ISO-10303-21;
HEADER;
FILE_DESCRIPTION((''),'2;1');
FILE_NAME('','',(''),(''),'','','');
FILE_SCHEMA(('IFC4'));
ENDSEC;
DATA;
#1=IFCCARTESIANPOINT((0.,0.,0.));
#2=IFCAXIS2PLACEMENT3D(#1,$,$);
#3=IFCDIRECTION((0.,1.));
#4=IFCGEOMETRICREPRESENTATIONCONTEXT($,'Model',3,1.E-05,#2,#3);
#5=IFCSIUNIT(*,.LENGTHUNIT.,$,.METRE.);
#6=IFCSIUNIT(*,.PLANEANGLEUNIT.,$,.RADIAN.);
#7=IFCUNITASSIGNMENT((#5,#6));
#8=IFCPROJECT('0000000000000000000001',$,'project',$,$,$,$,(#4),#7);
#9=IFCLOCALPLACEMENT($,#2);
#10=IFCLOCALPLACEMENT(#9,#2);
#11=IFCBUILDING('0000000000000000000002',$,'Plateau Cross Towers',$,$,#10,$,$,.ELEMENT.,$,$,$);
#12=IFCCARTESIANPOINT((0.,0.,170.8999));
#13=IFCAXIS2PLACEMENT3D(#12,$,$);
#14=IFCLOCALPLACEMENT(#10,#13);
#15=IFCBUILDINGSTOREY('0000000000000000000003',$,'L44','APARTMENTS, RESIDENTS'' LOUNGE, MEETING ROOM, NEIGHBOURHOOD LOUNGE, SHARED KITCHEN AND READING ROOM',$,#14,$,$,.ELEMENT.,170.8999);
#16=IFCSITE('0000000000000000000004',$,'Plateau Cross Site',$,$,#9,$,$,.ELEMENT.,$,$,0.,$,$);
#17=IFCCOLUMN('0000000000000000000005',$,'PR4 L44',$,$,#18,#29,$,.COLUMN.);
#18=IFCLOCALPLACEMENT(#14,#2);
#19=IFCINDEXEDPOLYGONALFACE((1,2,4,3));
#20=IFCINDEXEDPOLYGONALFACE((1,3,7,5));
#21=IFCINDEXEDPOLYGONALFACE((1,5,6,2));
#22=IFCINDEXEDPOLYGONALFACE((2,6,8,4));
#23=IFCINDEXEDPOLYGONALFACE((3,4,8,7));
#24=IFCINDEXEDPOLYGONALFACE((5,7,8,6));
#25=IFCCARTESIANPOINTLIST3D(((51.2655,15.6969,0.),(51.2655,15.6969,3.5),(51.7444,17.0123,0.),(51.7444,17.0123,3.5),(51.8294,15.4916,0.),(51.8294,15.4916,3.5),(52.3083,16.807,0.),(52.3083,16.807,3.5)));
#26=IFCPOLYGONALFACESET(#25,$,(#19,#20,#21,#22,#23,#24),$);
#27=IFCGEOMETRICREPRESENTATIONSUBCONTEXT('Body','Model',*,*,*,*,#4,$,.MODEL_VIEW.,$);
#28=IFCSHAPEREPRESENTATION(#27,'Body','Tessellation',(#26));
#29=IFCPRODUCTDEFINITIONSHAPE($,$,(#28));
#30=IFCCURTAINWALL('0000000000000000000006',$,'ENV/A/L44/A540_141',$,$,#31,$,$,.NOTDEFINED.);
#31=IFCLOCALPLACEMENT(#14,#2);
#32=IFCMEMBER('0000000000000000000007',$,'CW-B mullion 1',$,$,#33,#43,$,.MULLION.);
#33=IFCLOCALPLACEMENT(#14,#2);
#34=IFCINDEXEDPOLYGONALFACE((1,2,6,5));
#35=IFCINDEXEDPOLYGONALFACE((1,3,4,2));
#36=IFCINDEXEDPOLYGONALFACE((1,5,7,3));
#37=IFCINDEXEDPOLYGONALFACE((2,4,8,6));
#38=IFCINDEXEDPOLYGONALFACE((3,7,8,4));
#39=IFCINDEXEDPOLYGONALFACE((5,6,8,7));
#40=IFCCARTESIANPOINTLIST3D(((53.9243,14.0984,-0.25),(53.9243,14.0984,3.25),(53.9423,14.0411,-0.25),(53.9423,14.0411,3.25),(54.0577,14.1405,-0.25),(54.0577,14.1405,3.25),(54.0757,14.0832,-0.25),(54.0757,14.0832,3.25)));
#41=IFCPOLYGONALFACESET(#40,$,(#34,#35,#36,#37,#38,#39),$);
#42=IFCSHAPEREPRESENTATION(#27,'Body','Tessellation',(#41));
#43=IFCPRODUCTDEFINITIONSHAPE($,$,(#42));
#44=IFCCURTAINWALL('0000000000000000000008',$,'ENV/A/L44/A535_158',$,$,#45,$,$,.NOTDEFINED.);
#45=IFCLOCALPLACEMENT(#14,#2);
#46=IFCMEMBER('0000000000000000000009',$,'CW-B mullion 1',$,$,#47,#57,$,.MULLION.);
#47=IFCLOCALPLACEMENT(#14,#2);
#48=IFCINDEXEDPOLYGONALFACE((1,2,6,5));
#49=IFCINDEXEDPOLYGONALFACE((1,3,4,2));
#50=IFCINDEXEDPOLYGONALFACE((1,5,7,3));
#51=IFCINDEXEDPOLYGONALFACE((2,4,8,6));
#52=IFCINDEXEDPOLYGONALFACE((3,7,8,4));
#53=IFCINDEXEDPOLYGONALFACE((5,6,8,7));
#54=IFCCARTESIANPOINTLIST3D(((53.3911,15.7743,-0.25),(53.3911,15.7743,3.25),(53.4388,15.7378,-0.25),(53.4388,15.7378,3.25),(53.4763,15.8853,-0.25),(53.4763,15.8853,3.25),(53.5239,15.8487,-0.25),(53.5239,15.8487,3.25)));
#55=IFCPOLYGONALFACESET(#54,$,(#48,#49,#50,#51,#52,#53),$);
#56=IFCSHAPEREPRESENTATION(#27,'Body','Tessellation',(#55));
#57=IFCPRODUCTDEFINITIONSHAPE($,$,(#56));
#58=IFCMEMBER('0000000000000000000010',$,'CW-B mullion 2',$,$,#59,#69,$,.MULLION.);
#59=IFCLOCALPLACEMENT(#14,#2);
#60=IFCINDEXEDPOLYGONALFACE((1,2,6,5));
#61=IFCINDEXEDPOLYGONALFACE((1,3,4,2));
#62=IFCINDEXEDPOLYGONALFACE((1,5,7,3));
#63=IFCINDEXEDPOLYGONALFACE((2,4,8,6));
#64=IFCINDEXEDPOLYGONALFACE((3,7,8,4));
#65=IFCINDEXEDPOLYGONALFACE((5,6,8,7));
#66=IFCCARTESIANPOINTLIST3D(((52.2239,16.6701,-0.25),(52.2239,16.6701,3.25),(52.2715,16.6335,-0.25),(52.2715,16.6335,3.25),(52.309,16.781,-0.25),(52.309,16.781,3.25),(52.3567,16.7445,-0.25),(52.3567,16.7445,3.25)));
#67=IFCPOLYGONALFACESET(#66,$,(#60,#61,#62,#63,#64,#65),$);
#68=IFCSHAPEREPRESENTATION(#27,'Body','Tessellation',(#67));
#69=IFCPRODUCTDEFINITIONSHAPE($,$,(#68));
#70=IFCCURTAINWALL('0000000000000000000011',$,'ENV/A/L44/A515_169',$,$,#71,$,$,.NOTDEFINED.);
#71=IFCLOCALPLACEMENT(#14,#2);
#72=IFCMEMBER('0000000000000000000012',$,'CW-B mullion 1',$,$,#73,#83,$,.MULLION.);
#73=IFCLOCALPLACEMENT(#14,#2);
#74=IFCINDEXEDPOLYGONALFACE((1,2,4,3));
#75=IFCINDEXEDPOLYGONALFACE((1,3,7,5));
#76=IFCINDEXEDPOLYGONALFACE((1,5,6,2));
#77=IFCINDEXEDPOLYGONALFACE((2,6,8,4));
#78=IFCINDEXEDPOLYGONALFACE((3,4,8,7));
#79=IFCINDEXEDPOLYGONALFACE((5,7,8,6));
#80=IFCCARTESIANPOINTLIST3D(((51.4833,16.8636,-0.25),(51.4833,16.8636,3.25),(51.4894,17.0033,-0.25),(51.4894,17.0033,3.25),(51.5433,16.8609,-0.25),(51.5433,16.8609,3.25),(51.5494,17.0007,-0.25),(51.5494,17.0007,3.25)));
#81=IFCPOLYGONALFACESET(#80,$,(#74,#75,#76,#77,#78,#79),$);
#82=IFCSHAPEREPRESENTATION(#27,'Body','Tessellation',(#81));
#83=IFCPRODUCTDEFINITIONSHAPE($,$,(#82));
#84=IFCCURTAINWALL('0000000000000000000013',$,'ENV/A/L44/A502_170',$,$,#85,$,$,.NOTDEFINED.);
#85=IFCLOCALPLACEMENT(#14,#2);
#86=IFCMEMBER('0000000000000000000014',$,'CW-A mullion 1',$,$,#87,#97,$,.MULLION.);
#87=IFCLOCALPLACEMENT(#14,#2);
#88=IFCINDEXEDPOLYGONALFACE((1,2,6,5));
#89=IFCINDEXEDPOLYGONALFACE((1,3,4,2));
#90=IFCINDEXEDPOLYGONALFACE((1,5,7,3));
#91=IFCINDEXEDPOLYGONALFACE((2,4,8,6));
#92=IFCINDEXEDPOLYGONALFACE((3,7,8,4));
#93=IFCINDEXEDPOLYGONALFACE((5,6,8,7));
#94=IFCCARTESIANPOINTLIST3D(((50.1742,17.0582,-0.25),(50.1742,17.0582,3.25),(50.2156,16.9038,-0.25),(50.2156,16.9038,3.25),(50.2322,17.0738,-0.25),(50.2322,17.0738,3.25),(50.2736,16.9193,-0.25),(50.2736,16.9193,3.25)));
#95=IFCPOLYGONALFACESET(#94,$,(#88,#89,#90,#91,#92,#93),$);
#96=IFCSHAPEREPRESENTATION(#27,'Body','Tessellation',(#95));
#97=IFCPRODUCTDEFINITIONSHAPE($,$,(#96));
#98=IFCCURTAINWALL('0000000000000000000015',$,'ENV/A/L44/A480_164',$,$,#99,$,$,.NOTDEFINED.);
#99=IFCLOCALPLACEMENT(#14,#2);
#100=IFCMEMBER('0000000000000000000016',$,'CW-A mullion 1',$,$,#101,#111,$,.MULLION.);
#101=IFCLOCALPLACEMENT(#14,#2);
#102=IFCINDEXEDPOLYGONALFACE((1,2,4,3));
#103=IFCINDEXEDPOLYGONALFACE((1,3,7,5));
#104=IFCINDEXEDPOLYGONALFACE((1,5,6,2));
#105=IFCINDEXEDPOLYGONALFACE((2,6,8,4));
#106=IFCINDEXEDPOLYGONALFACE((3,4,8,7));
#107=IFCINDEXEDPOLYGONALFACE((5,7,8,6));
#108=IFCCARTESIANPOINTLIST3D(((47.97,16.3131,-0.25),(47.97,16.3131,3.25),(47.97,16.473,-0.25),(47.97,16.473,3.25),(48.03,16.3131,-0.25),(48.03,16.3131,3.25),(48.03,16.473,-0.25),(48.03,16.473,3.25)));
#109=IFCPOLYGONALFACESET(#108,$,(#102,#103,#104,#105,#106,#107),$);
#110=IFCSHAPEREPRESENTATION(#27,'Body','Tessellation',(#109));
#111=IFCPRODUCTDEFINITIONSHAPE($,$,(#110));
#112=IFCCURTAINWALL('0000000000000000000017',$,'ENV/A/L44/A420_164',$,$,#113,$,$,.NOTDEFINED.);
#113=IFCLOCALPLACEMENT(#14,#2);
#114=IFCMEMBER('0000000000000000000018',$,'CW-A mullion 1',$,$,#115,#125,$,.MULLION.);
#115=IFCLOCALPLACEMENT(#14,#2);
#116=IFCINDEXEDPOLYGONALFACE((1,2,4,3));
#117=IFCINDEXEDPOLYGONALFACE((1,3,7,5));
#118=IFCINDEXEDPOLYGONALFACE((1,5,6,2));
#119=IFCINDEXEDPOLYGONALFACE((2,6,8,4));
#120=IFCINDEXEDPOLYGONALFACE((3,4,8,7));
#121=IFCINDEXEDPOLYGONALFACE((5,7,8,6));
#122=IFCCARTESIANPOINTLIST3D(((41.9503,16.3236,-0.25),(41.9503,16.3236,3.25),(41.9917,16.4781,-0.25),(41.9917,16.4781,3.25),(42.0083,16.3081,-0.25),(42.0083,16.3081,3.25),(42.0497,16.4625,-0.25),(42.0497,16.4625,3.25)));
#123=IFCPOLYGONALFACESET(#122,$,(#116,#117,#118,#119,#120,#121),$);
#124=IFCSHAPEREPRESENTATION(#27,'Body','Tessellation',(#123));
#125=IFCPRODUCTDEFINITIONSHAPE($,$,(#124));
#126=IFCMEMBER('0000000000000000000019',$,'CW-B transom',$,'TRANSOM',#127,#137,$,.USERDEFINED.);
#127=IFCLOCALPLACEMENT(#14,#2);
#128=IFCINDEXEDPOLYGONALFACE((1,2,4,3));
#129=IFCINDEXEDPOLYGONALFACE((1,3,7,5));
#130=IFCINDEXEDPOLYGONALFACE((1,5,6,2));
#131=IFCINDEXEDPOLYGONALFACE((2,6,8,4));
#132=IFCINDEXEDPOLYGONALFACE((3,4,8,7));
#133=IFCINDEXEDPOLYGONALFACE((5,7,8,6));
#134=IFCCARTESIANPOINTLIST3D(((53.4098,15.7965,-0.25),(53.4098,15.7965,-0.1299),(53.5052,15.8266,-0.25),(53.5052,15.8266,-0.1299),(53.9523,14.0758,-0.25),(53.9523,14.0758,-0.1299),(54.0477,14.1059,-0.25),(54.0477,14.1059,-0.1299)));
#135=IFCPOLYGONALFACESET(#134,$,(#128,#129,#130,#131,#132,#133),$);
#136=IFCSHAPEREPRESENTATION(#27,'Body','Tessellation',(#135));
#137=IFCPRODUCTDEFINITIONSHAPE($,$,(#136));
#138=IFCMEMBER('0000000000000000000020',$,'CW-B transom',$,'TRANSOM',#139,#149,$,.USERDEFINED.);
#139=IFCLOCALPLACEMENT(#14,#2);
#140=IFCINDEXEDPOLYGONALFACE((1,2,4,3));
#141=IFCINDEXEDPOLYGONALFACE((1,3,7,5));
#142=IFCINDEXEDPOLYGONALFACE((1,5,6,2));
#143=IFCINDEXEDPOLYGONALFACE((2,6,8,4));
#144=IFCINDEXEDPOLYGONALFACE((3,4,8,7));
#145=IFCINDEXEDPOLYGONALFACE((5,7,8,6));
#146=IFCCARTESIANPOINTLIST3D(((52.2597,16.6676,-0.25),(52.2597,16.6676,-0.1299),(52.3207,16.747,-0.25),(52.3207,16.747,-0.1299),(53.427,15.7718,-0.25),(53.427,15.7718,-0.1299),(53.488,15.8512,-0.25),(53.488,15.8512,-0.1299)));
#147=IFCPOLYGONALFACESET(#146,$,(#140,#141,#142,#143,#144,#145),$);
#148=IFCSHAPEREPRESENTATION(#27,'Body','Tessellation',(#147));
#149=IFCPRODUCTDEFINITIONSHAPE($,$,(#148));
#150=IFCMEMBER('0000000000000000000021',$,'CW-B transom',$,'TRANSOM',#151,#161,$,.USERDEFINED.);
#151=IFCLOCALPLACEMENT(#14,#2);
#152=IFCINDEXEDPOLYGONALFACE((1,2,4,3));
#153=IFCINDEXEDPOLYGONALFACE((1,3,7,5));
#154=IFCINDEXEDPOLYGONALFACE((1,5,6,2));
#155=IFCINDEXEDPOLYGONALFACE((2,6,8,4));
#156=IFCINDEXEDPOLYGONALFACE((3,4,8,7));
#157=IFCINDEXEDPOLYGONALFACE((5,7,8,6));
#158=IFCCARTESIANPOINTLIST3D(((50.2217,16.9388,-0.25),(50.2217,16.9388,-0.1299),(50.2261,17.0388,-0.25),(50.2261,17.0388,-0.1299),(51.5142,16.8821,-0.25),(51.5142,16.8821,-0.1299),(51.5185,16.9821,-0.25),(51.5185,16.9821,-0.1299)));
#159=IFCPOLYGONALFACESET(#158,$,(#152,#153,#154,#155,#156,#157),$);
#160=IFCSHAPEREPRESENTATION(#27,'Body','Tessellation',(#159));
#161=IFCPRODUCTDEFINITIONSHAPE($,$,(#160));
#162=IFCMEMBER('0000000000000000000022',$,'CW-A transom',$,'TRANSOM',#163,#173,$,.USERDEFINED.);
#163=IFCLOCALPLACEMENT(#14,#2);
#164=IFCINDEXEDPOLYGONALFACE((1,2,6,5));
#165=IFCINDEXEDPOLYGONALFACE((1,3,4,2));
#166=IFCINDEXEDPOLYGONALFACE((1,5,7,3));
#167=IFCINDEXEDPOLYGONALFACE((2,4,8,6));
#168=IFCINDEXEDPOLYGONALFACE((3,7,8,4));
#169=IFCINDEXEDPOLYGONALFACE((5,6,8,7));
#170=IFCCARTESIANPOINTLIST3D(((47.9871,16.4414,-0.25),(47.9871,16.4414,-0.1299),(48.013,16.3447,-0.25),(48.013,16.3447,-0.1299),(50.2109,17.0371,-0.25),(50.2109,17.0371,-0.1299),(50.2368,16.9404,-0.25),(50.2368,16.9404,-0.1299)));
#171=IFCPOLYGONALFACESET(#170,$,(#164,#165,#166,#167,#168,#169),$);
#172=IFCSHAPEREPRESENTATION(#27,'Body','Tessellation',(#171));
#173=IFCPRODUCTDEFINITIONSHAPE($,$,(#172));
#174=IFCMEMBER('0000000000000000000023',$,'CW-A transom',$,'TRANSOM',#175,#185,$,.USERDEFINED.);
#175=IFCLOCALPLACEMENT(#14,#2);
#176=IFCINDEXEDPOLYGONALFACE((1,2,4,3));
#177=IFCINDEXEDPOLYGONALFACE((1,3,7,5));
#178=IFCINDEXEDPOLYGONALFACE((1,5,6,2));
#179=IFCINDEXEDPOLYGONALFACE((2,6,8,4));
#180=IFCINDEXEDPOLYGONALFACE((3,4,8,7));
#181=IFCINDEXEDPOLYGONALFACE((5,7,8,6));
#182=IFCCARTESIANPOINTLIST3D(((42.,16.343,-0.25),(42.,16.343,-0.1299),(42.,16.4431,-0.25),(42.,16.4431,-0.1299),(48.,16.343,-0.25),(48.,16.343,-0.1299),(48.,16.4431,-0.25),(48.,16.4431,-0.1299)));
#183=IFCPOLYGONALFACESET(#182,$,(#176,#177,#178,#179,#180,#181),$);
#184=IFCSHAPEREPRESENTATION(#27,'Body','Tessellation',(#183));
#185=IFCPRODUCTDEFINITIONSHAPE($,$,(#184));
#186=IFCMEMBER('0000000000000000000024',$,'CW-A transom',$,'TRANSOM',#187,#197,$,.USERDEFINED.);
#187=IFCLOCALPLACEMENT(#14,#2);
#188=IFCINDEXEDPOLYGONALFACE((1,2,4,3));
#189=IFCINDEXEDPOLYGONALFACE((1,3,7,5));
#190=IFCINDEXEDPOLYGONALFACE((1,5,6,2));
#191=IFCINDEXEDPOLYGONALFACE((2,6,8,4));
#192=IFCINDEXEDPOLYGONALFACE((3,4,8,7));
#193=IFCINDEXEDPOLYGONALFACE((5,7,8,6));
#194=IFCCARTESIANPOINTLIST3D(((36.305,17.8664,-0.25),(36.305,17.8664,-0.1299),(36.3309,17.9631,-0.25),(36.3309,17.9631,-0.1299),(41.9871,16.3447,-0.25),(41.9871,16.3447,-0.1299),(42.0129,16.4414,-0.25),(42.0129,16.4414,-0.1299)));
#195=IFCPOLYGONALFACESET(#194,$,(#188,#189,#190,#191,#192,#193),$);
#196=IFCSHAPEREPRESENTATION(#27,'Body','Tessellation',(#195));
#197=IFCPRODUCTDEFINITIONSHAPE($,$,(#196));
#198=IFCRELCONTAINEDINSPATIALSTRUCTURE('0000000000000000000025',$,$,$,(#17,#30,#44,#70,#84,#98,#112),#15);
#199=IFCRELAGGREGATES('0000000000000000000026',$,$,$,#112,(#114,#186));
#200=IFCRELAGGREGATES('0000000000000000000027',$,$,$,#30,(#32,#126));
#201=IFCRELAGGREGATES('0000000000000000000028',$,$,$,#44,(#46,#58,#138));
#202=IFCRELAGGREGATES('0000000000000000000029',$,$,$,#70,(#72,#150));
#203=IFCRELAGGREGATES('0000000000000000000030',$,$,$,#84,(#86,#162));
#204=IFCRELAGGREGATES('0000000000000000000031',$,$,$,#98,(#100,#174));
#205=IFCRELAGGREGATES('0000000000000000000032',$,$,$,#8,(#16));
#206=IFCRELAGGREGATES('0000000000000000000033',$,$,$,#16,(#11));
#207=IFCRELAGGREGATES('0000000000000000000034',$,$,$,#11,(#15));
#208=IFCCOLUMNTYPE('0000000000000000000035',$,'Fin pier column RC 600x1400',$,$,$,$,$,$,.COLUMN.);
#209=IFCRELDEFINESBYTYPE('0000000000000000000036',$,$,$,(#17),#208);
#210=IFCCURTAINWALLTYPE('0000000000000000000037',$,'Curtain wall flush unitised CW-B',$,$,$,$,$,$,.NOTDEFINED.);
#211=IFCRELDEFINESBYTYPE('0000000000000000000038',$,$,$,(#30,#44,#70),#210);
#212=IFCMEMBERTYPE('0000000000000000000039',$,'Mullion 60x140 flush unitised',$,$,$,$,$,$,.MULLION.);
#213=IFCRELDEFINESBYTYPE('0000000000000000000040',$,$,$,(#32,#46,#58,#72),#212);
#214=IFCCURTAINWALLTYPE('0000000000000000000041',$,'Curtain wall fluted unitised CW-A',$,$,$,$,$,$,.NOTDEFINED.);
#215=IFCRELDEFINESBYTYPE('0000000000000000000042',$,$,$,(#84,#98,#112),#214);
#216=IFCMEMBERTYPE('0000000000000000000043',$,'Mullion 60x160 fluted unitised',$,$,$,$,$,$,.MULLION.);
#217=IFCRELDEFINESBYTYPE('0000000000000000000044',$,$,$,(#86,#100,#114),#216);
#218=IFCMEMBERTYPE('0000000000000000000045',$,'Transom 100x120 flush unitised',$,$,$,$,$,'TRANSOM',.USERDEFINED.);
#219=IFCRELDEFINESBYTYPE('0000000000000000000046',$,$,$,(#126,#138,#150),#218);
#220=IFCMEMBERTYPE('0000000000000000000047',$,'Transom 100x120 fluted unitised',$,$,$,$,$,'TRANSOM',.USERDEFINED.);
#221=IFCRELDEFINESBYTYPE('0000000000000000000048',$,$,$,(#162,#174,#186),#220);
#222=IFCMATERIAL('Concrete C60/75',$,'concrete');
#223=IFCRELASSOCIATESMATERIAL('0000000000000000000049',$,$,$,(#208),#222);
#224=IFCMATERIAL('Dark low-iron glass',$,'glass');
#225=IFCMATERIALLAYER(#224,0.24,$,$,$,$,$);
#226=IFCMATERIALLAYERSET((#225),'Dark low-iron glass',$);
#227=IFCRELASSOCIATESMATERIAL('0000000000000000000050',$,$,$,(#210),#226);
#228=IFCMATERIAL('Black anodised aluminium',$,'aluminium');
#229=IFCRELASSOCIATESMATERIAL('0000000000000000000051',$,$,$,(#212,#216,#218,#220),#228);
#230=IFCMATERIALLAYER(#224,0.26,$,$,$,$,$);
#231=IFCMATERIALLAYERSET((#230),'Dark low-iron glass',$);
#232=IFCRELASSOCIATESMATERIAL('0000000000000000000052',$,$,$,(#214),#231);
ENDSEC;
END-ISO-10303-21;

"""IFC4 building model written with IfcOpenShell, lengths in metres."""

from ifc_helpers import new_model, si_unit, direction, frame, origin, origin_2d, place, context, subcontext, project, spatial, rectangle, extrude, material, layer, layer_set, material_profile, profile_set, type_object, element, aggregate, save


model = new_model("IFC4")

# Units and contexts
model_context = context("Model", 3, precision=1e-05, world=origin(), true_north=direction((0.0, 1.0)))
body_context = subcontext(model_context, "Body", "Model", "MODEL_VIEW")
ifc_project = project(units=[si_unit("LENGTHUNIT", "METRE"), si_unit("PLANEANGLEUNIT", "RADIAN")], contexts=[model_context])

# Site, building, storey
site_placement = place(None, origin())
site = spatial("IfcSite", under=ifc_project, at=site_placement, Name="Plateau Cross Site", CompositionType="ELEMENT", RefElevation=0.0)
building_placement = place(site_placement, origin())
building = spatial("IfcBuilding", under=site, at=building_placement, Name="Plateau Cross Towers", CompositionType="ELEMENT")
storey_placement = place(building_placement, frame((0.0, 0.0, 170.8999)))
storey = spatial("IfcBuildingStorey", under=building, at=storey_placement, Name="L44", Description="APARTMENTS, RESIDENTS' LOUNGE, MEETING ROOM, NEIGHBOURHOOD LOUNGE, SHARED KITCHEN AND READING ROOM", CompositionType="ELEMENT", Elevation=170.8999)

# Column
ifc_material_1 = material(Name="Concrete C60/75", Category="concrete")
ifc_material_profile_1 = material_profile(ifc_material_1, rectangle(XDim=0.6001, YDim=1.3999, at=origin_2d()), Name="RC 600x1400")
ifc_profile_set_1 = profile_set([ifc_material_profile_1], Name="Concrete C60/75")
column_type = type_object("IfcColumnType", Name="Fin pier column RC 600x1400", PredefinedType="COLUMN", material=ifc_profile_set_1)
column_placement = place(storey_placement, frame((51.7869, 16.252, 0.0), z_axis=(0.0, 0.0, 1.0), x_axis=(-0.939664, 0.342098, 0.0)))
element("IfcColumn", 1, at=column_placement, inside=storey, type_object=column_type, Name="PR4 L44", PredefinedType="COLUMN", context=body_context, shape_type="SweptSolid", body=[
    extrude(rectangle(XDim=0.6001, YDim=1.3999, at=origin_2d()), origin(), (0.0, 0.0, 1.0), 3.5),
])

# Curtain wall, member
ifc_material_2 = material(Name="Dark low-iron glass", Category="glass")
ifc_layer_1 = layer(ifc_material_2, 0.24)
ifc_layer_set_1 = layer_set([ifc_layer_1], Name="Dark low-iron glass")
curtain_wall_type_1 = type_object("IfcCurtainWallType", Name="Curtain wall flush unitised CW-B", PredefinedType="NOTDEFINED", material=ifc_layer_set_1)
curtain_wall_1_placement = place(storey_placement, origin())
curtain_wall_1 = element("IfcCurtainWall", 2, at=curtain_wall_1_placement, inside=storey, type_object=curtain_wall_type_1, Name="ENV/A/L44/A540_141", PredefinedType="NOTDEFINED")
ifc_material_3 = material(Name="Black anodised aluminium", Category="aluminium")
ifc_material_profile_2 = material_profile(ifc_material_3, rectangle(XDim=0.0601, YDim=0.1399, at=origin_2d()), Name="MULLION 60x140")
ifc_profile_set_2 = profile_set([ifc_material_profile_2], Name="Black anodised aluminium")
member_type_1 = type_object("IfcMemberType", Name="Mullion 60x140 flush unitised", PredefinedType="MULLION", material=ifc_profile_set_2)
member_1_placement = place(storey_placement, frame((54.0, 14.0908, -0.25), z_axis=(0.0, 0.0, 1.0), x_axis=(-0.300686, 0.953723, 0.0)))
member_1 = element("IfcMember", 3, at=member_1_placement, type_object=member_type_1, Name="CW-B mullion 1", PredefinedType="MULLION", context=body_context, shape_type="SweptSolid", body=[
    extrude(rectangle(XDim=0.0601, YDim=0.1399, at=origin_2d()), origin(), (0.0, 0.0, 1.0), 3.5),
])

# Curtain wall, members
curtain_wall_2_placement = place(storey_placement, origin())
curtain_wall_2 = element("IfcCurtainWall", 4, at=curtain_wall_2_placement, inside=storey, type_object=curtain_wall_type_1, Name="ENV/A/L44/A535_158", PredefinedType="NOTDEFINED")
member_2_placement = place(storey_placement, frame((53.4575, 15.8115, -0.25), z_axis=(0.0, 0.0, 1.0), x_axis=(-0.793316, 0.608811, 0.0)))
member_2 = element("IfcMember", 5, at=member_2_placement, type_object=member_type_1, Name="CW-B mullion 1", PredefinedType="MULLION", context=body_context, shape_type="SweptSolid", body=[
    extrude(rectangle(XDim=0.0601, YDim=0.1399, at=origin_2d()), origin(), (0.0, 0.0, 1.0), 3.5),
])
member_3_placement = place(storey_placement, frame((52.2903, 16.7073, -0.25), z_axis=(0.0, 0.0, 1.0), x_axis=(-0.793316, 0.608811, 0.0)))
member_3 = element("IfcMember", 6, at=member_3_placement, type_object=member_type_1, Name="CW-B mullion 2", PredefinedType="MULLION", context=body_context, shape_type="SweptSolid", body=[
    extrude(rectangle(XDim=0.0601, YDim=0.1399, at=origin_2d()), origin(), (0.0, 0.0, 1.0), 3.5),
])

# Curtain walls, members
curtain_wall_3_placement = place(storey_placement, origin())
curtain_wall_3 = element("IfcCurtainWall", 7, at=curtain_wall_3_placement, inside=storey, type_object=curtain_wall_type_1, Name="ENV/A/L44/A515_169", PredefinedType="NOTDEFINED")
member_4_placement = place(storey_placement, frame((51.5164, 16.9321, -0.25), z_axis=(0.0, 0.0, 1.0), x_axis=(-0.999044, 0.043723, 0.0)))
member_4 = element("IfcMember", 8, at=member_4_placement, type_object=member_type_1, Name="CW-B mullion 1", PredefinedType="MULLION", context=body_context, shape_type="SweptSolid", body=[
    extrude(rectangle(XDim=0.0601, YDim=0.1399, at=origin_2d()), origin(), (0.0, 0.0, 1.0), 3.5),
])
ifc_layer_2 = layer(ifc_material_2, 0.26)
ifc_layer_set_2 = layer_set([ifc_layer_2], Name="Dark low-iron glass")
curtain_wall_type_2 = type_object("IfcCurtainWallType", Name="Curtain wall fluted unitised CW-A", PredefinedType="NOTDEFINED", material=ifc_layer_set_2)
curtain_wall_4_placement = place(storey_placement, origin())
curtain_wall_4 = element("IfcCurtainWall", 9, at=curtain_wall_4_placement, inside=storey, type_object=curtain_wall_type_2, Name="ENV/A/L44/A502_170", PredefinedType="NOTDEFINED")
ifc_material_profile_3 = material_profile(ifc_material_3, rectangle(XDim=0.0601, YDim=0.1599, at=origin_2d()), Name="MULLION 60x160")
ifc_profile_set_3 = profile_set([ifc_material_profile_3], Name="Black anodised aluminium")
member_type_2 = type_object("IfcMemberType", Name="Mullion 60x160 fluted unitised", PredefinedType="MULLION", material=ifc_profile_set_3)
member_5_placement = place(storey_placement, frame((50.2239, 16.9888, -0.25), z_axis=(0.0, 0.0, 1.0), x_axis=(-0.965958, -0.258699, 0.0)))
member_5 = element("IfcMember", 10, at=member_5_placement, type_object=member_type_2, Name="CW-A mullion 1", PredefinedType="MULLION", context=body_context, shape_type="SweptSolid", body=[
    extrude(rectangle(XDim=0.0601, YDim=0.1599, at=origin_2d()), origin(), (0.0, 0.0, 1.0), 3.5),
])
curtain_wall_5_placement = place(storey_placement, origin())
curtain_wall_5 = element("IfcCurtainWall", 11, at=curtain_wall_5_placement, inside=storey, type_object=curtain_wall_type_2, Name="ENV/A/L44/A480_164", PredefinedType="NOTDEFINED")
member_6_placement = place(storey_placement, frame((48.0, 16.3931, -0.25), z_axis=(0.0, 0.0, 1.0), x_axis=(-1.0, 0.0, 0.0)))
member_6 = element("IfcMember", 12, at=member_6_placement, type_object=member_type_2, Name="CW-A mullion 1", PredefinedType="MULLION", context=body_context, shape_type="SweptSolid", body=[
    extrude(rectangle(XDim=0.0601, YDim=0.1599, at=origin_2d()), origin(), (0.0, 0.0, 1.0), 3.5),
])
curtain_wall_6_placement = place(storey_placement, origin())
curtain_wall_6 = element("IfcCurtainWall", 13, at=curtain_wall_6_placement, inside=storey, type_object=curtain_wall_type_2, Name="ENV/A/L44/A420_164", PredefinedType="NOTDEFINED")
member_7_placement = place(storey_placement, frame((42.0, 16.3931, -0.25), z_axis=(0.0, 0.0, 1.0), x_axis=(-0.965958, 0.258699, 0.0)))
member_7 = element("IfcMember", 14, at=member_7_placement, type_object=member_type_2, Name="CW-A mullion 1", PredefinedType="MULLION", context=body_context, shape_type="SweptSolid", body=[
    extrude(rectangle(XDim=0.0601, YDim=0.1599, at=origin_2d()), origin(), (0.0, 0.0, 1.0), 3.5),
])

# Members
ifc_material_profile_4 = material_profile(ifc_material_3, rectangle(XDim=0.1001, YDim=0.1201, at=origin_2d()), Name="TRANSOM 100x120")
ifc_profile_set_4 = profile_set([ifc_material_profile_4], Name="Black anodised aluminium")
member_type_3 = type_object("IfcMemberType", Name="Transom 100x120 flush unitised", ElementType="TRANSOM", PredefinedType="USERDEFINED", material=ifc_profile_set_4)
member_8_placement = place(storey_placement, frame((54.0, 14.0908, -0.1899), z_axis=(-0.300678, 0.953726, 0.0), x_axis=(-0.953726, -0.300678, 0.0)))
member_8 = element("IfcMember", 15, at=member_8_placement, type_object=member_type_3, Name="CW-B transom", ObjectType="TRANSOM", PredefinedType="USERDEFINED", context=body_context, shape_type="SweptSolid", body=[
    extrude(rectangle(XDim=0.1001, YDim=0.1201, at=origin_2d()), origin(), (0.0, 0.0, 1.0), 1.8042),
])
member_9_placement = place(storey_placement, frame((53.4575, 15.8115, -0.1899), z_axis=(-0.793321, 0.608804, 0.0), x_axis=(-0.608804, -0.793321, 0.0)))
member_9 = element("IfcMember", 16, at=member_9_placement, type_object=member_type_3, Name="CW-B transom", ObjectType="TRANSOM", PredefinedType="USERDEFINED", context=body_context, shape_type="SweptSolid", body=[
    extrude(rectangle(XDim=0.1001, YDim=0.1201, at=origin_2d()), origin(), (0.0, 0.0, 1.0), 1.4714),
])
member_10_placement = place(storey_placement, frame((51.5164, 16.9321, -0.1899), z_axis=(-0.999041, 0.043781, 0.0), x_axis=(-0.043781, -0.999041, 0.0)))
member_10 = element("IfcMember", 17, at=member_10_placement, type_object=member_type_3, Name="CW-B transom", ObjectType="TRANSOM", PredefinedType="USERDEFINED", context=body_context, shape_type="SweptSolid", body=[
    extrude(rectangle(XDim=0.1001, YDim=0.1201, at=origin_2d()), origin(), (0.0, 0.0, 1.0), 1.2937),
])
ifc_material_profile_5 = material_profile(ifc_material_3, rectangle(XDim=0.1001, YDim=0.1201, at=origin_2d()), Name="TRANSOM 100x120")
ifc_profile_set_5 = profile_set([ifc_material_profile_5], Name="Black anodised aluminium")
member_type_4 = type_object("IfcMemberType", Name="Transom 100x120 fluted unitised", ElementType="TRANSOM", PredefinedType="USERDEFINED", material=ifc_profile_set_5)
member_11_placement = place(storey_placement, frame((50.2239, 16.9888, -0.1899), z_axis=(-0.965946, -0.258745, 0.0), x_axis=(0.258745, -0.965946, 0.0)))
member_11 = element("IfcMember", 18, at=member_11_placement, type_object=member_type_4, Name="CW-A transom", ObjectType="TRANSOM", PredefinedType="USERDEFINED", context=body_context, shape_type="SweptSolid", body=[
    extrude(rectangle(XDim=0.1001, YDim=0.1201, at=origin_2d()), origin(), (0.0, 0.0, 1.0), 2.3022),
])
member_12_placement = place(storey_placement, frame((48.0, 16.3931, -0.1899), z_axis=(-1.0, 0.0, 0.0), x_axis=(0.0, -1.0, 0.0)))
member_12 = element("IfcMember", 19, at=member_12_placement, type_object=member_type_4, Name="CW-A transom", ObjectType="TRANSOM", PredefinedType="USERDEFINED", context=body_context, shape_type="SweptSolid", body=[
    extrude(rectangle(XDim=0.1001, YDim=0.1201, at=origin_2d()), origin(), (0.0, 0.0, 1.0), 6.0),
])
member_13_placement = place(storey_placement, frame((42.0, 16.3931, -0.1899), z_axis=(-0.96596, 0.258693, 0.0), x_axis=(-0.258693, -0.96596, 0.0)))
member_13 = element("IfcMember", 20, at=member_13_placement, type_object=member_type_4, Name="CW-A transom", ObjectType="TRANSOM", PredefinedType="USERDEFINED", context=body_context, shape_type="SweptSolid", body=[
    extrude(rectangle(XDim=0.1001, YDim=0.1201, at=origin_2d()), origin(), (0.0, 0.0, 1.0), 5.8823),
])
aggregate(curtain_wall_6, [member_7, member_13])

aggregate(curtain_wall_1, [member_1, member_8])
aggregate(curtain_wall_2, [member_2, member_3, member_9])
aggregate(curtain_wall_3, [member_4, member_10])
aggregate(curtain_wall_4, [member_5, member_11])
aggregate(curtain_wall_5, [member_6, member_12])

save(model, "model.ifc")
